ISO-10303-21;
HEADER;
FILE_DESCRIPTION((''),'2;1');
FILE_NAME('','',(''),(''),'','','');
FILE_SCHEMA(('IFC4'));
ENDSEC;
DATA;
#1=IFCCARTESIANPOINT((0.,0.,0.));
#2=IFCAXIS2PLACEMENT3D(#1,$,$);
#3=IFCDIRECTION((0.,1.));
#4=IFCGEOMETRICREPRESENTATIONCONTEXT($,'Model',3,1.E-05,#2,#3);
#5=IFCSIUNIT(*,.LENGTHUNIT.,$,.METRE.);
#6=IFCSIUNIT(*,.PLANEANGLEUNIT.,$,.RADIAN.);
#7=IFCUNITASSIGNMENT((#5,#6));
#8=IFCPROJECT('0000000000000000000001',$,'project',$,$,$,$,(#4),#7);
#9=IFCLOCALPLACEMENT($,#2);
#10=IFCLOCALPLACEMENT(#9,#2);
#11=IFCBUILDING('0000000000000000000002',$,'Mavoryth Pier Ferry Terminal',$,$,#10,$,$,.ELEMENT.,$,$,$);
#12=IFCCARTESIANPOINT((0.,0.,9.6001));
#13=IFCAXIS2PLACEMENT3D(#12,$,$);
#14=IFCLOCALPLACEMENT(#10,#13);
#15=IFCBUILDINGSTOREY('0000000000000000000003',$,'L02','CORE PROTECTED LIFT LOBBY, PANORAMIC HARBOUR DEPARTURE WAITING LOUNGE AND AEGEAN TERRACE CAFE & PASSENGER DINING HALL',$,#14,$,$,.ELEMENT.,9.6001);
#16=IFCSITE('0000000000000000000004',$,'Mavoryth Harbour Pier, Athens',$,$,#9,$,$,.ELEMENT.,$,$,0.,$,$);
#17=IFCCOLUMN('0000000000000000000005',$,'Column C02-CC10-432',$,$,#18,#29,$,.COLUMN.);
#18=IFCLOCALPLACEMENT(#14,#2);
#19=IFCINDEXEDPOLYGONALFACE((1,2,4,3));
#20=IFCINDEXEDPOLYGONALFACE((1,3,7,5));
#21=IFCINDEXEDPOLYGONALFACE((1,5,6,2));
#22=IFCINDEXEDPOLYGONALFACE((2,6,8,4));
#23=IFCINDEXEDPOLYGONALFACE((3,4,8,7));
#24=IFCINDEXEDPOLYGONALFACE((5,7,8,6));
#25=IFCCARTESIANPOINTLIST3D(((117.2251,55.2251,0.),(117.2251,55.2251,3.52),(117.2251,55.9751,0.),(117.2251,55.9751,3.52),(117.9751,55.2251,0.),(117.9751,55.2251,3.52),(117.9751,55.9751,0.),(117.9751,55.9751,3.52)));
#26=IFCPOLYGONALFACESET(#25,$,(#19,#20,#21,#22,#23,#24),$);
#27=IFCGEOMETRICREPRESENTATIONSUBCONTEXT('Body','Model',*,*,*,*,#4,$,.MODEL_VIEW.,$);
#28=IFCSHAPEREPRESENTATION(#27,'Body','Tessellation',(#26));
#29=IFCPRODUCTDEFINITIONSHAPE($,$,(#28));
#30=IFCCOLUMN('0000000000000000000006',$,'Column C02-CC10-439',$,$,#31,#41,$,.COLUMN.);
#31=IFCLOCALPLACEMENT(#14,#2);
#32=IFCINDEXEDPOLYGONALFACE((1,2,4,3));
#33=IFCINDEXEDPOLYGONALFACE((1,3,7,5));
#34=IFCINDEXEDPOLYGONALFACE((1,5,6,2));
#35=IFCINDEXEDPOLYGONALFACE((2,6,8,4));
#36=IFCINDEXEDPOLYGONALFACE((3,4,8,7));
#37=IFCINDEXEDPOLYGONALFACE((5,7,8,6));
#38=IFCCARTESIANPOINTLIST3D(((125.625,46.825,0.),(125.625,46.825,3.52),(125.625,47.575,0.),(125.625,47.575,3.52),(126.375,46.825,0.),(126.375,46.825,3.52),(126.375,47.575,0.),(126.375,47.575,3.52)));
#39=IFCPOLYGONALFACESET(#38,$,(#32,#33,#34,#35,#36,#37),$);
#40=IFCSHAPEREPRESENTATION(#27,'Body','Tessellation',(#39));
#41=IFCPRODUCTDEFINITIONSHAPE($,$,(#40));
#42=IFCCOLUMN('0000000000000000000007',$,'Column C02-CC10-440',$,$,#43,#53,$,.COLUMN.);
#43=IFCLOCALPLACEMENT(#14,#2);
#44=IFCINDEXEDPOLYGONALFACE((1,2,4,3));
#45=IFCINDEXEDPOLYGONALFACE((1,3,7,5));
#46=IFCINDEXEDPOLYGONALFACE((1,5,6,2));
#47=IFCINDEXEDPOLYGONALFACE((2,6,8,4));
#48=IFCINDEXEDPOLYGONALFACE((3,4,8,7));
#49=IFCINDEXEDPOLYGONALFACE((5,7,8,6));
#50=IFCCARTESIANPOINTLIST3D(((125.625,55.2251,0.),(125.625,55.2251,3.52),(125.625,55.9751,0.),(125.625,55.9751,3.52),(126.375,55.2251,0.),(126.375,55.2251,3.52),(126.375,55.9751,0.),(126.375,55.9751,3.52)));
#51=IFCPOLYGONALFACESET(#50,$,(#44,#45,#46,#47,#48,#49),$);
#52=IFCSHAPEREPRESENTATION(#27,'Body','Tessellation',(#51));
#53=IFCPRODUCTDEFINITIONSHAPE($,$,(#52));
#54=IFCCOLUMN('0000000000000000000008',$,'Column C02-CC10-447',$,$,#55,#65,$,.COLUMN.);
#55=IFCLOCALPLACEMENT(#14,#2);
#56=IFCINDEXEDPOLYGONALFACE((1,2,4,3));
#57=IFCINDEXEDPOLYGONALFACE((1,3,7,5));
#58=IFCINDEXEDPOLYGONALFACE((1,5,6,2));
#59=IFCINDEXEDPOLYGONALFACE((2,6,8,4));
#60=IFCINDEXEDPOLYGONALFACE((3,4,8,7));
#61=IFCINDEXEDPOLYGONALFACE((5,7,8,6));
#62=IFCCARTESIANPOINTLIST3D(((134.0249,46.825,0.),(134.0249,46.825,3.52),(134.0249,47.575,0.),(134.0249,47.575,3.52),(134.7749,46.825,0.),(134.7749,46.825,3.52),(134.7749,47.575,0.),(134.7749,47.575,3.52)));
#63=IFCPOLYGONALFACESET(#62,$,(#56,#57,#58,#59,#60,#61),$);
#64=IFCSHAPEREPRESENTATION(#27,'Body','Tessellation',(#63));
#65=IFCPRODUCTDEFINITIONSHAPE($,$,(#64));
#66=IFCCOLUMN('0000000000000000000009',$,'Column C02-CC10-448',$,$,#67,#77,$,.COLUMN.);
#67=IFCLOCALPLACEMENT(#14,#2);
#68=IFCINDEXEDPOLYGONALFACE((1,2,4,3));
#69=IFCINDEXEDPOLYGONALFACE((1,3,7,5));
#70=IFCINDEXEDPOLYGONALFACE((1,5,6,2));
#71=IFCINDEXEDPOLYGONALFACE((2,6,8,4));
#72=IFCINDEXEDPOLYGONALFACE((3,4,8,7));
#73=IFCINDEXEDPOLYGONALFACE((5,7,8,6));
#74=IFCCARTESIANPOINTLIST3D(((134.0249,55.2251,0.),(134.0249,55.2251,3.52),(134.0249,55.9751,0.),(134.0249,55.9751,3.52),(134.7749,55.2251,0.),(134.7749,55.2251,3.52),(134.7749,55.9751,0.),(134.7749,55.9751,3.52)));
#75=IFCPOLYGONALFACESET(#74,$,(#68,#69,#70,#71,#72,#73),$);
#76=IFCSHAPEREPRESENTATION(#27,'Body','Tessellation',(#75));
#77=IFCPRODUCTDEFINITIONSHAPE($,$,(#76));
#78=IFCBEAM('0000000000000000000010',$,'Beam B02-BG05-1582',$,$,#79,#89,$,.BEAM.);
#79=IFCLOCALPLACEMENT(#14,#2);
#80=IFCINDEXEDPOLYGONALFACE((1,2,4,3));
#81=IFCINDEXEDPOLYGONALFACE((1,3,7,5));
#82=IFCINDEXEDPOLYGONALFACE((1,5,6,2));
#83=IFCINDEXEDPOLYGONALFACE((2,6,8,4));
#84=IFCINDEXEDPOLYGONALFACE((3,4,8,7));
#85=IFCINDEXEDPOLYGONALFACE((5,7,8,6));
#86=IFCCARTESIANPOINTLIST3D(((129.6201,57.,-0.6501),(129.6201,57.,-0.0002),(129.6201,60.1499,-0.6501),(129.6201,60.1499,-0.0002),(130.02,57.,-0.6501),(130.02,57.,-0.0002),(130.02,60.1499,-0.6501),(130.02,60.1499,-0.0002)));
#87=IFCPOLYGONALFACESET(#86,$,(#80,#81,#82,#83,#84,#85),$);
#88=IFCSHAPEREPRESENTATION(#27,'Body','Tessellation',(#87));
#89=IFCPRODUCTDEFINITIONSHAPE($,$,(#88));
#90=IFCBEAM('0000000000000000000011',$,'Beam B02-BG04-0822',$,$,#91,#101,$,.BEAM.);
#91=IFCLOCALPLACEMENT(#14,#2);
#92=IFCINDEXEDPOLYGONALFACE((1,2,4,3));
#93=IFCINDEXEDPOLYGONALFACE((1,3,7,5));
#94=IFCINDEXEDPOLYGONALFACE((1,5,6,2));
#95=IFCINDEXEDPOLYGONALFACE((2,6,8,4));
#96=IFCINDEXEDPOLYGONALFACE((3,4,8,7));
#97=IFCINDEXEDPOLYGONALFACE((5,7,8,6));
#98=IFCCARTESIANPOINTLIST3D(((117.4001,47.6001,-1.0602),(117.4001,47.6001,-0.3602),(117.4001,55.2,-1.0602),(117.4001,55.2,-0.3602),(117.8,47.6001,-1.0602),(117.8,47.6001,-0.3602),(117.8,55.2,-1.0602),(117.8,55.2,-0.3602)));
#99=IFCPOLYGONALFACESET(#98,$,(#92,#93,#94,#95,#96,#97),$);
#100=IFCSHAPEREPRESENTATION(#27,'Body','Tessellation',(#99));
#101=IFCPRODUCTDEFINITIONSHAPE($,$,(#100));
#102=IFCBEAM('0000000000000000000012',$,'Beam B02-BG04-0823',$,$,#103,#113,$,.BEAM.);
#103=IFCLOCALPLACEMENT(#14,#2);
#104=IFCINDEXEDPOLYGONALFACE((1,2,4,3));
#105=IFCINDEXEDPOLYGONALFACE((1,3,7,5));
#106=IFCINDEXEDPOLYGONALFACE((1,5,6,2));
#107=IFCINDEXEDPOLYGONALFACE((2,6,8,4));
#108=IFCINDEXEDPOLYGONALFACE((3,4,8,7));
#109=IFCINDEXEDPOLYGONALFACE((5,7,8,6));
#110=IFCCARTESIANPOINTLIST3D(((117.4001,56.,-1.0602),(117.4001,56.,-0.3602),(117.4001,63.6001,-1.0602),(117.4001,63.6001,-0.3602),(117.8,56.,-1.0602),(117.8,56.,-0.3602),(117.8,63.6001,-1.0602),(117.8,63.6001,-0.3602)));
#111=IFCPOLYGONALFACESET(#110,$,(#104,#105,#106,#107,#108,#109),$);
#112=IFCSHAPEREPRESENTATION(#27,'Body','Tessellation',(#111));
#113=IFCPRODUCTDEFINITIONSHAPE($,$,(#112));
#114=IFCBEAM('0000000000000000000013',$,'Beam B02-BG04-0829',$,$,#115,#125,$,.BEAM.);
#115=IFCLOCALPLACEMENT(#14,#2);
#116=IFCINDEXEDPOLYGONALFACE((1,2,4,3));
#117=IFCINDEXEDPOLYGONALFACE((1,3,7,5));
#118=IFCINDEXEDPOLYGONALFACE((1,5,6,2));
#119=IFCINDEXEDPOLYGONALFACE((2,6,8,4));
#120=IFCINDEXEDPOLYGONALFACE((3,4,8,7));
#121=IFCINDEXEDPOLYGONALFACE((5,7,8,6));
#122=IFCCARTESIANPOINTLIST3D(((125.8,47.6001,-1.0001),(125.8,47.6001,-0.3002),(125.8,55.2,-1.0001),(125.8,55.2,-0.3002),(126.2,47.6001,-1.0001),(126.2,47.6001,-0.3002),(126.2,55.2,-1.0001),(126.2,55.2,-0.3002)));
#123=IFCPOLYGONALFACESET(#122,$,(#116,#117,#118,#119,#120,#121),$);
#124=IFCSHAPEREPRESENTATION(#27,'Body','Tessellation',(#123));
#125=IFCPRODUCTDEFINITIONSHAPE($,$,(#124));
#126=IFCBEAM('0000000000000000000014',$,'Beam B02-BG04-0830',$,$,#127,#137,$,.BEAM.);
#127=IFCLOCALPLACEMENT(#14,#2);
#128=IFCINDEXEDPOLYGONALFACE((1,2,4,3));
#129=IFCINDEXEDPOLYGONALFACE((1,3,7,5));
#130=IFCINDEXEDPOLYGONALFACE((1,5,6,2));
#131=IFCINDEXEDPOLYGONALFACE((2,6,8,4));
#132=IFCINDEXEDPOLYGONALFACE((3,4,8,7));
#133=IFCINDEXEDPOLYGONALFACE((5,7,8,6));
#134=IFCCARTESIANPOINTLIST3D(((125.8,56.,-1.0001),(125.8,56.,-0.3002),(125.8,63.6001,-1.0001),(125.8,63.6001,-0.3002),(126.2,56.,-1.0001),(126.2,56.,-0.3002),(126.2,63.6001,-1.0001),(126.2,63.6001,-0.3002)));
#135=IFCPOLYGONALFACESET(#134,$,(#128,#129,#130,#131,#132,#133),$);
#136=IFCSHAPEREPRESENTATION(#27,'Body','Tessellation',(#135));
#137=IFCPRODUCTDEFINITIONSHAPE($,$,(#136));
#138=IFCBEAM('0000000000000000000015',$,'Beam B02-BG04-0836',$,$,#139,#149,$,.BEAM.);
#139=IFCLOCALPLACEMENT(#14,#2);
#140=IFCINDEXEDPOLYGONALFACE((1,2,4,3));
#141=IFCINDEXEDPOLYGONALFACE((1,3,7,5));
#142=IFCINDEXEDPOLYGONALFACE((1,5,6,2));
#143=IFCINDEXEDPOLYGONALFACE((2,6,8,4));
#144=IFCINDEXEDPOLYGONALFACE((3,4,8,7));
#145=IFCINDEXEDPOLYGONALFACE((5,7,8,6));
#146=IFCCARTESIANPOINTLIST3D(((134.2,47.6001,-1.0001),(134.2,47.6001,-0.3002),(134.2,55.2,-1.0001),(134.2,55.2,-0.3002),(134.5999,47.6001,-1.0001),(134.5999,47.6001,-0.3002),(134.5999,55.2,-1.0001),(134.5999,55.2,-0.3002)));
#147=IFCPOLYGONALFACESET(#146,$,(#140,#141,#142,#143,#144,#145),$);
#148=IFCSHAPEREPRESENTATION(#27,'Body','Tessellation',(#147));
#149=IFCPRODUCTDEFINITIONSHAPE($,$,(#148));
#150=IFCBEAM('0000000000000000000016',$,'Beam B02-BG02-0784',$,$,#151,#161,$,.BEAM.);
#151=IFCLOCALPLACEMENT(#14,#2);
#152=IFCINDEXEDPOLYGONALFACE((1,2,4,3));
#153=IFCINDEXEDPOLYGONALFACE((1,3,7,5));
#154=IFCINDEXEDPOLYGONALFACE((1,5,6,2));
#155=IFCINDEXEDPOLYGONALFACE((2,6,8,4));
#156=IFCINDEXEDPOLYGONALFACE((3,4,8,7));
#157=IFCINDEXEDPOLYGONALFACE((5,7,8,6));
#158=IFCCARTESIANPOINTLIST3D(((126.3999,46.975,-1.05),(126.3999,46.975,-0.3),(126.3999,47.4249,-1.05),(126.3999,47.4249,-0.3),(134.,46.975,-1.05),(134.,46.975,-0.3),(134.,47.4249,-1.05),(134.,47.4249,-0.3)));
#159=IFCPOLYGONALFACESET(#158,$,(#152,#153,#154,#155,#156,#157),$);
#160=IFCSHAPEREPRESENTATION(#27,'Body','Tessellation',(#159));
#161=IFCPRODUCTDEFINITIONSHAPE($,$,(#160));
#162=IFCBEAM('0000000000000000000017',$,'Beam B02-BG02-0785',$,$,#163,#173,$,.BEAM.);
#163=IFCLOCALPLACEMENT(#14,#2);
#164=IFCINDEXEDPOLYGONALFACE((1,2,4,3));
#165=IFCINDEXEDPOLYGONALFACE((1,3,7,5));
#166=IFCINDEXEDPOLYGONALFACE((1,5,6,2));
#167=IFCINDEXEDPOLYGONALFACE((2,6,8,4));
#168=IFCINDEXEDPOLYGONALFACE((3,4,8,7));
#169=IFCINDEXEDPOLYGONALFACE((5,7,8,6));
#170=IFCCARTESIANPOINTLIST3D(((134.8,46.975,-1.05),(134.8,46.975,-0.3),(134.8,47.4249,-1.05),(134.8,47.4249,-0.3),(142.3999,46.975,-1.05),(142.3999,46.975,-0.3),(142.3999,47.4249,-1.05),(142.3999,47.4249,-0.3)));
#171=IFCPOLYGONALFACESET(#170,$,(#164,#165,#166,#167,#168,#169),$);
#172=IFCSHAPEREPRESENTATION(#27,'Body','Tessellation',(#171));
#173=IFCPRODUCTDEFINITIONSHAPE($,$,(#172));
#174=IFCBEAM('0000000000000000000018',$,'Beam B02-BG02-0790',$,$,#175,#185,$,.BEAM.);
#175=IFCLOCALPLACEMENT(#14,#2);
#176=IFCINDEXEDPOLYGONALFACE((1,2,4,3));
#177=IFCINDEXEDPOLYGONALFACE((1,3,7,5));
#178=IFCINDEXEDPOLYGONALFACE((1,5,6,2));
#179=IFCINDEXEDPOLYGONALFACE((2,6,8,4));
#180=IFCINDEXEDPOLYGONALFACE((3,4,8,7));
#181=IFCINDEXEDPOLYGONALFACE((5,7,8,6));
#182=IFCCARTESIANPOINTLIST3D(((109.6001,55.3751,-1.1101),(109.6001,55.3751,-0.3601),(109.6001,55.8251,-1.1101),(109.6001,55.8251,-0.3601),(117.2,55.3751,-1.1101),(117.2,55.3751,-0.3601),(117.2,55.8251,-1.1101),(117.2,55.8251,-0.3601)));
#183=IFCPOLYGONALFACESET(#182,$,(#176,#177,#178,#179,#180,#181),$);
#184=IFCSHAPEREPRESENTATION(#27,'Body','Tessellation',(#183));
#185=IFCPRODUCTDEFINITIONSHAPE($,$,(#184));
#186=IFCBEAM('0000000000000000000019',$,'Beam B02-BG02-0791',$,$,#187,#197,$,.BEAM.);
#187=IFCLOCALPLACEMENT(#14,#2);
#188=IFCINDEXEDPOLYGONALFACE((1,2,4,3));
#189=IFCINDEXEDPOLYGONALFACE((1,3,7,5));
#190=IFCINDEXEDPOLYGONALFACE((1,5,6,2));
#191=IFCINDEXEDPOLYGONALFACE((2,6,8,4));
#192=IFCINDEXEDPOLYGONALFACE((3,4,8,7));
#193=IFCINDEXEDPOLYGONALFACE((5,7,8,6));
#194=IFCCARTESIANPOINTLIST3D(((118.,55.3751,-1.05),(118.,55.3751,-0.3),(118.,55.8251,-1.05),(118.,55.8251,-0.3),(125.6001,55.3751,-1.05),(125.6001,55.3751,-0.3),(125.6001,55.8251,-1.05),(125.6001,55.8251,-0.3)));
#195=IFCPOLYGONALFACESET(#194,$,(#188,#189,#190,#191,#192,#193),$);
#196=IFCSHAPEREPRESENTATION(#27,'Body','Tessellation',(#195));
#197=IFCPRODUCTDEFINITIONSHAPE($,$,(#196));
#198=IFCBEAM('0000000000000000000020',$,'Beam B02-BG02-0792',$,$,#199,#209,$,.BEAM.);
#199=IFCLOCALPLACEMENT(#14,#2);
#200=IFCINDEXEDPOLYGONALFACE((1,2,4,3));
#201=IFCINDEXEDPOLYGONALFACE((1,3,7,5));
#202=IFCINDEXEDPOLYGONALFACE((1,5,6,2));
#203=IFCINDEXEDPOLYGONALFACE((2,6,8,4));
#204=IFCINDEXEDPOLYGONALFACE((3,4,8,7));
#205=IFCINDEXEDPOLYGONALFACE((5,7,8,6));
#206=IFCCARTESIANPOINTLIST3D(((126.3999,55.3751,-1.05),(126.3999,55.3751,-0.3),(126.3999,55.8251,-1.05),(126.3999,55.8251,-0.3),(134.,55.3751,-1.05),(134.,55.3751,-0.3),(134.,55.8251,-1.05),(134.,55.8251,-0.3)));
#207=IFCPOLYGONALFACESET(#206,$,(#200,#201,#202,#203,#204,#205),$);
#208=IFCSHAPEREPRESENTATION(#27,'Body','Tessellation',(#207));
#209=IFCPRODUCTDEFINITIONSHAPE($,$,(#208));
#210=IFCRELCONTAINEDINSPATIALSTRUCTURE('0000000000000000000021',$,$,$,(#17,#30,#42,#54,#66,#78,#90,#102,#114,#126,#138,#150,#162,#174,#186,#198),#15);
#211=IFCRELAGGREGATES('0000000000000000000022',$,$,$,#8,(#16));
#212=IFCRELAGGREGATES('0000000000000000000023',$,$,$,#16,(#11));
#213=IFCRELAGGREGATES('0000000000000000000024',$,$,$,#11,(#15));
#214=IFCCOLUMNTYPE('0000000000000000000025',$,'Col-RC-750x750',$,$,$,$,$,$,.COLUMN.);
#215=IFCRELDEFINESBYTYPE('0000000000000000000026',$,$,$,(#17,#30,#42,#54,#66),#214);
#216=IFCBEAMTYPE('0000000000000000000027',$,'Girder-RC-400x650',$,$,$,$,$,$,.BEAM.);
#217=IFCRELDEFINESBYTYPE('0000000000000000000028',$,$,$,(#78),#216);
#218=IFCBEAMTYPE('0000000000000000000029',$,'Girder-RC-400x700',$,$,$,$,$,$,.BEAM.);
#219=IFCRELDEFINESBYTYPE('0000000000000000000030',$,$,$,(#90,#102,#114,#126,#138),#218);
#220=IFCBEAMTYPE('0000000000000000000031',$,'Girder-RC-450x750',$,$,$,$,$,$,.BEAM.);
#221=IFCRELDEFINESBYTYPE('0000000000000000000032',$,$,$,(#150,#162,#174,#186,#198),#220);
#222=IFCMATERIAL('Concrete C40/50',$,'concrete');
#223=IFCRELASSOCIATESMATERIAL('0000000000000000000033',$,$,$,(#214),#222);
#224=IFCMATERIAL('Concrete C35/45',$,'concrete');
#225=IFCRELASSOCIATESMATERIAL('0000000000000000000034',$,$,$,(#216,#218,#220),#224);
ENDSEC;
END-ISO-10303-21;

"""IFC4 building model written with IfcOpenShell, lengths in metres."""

from ifc_helpers import new_model, si_unit, direction, frame, origin, origin_2d, place, context, subcontext, project, spatial, rectangle, extrude, material, material_profile, profile_set, type_object, element, save


model = new_model("IFC4")

# Units and contexts
model_context = context("Model", 3, precision=1e-05, world=origin(), true_north=direction((0.0, 1.0)))
body_context = subcontext(model_context, "Body", "Model", "MODEL_VIEW")
ifc_project = project(units=[si_unit("LENGTHUNIT", "METRE"), si_unit("PLANEANGLEUNIT", "RADIAN")], contexts=[model_context])

# Site, building, storey
site_placement = place(None, origin())
site = spatial("IfcSite", under=ifc_project, at=site_placement, Name="Mavoryth Harbour Pier, Athens", CompositionType="ELEMENT", RefElevation=0.0)
building_placement = place(site_placement, origin())
building = spatial("IfcBuilding", under=site, at=building_placement, Name="Mavoryth Pier Ferry Terminal", CompositionType="ELEMENT")
storey_placement = place(building_placement, frame((0.0, 0.0, 9.6001)))
storey = spatial("IfcBuildingStorey", under=building, at=storey_placement, Name="L02", Description="CORE PROTECTED LIFT LOBBY, PANORAMIC HARBOUR DEPARTURE WAITING LOUNGE AND AEGEAN TERRACE CAFE & PASSENGER DINING HALL", CompositionType="ELEMENT", Elevation=9.6001)

# Columns
ifc_material_1 = material(Name="Concrete C40/50", Category="concrete")
ifc_material_profile_1 = material_profile(ifc_material_1, rectangle(XDim=0.75, YDim=0.75, at=origin_2d()), Name="RC 750x750", Category="concrete")
ifc_profile_set_1 = profile_set([ifc_material_profile_1], Name="Concrete C40/50 - RC 750x750")
column_type = type_object("IfcColumnType", Name="Col-RC-750x750", PredefinedType="COLUMN", material=ifc_profile_set_1)
for number, where, z_axis, x_axis, name in (
    (1, (117.6001, 55.6001, 0.0), (0.0, 0.0, 1.0), (1.0, 0.0, 0.0), "Column C02-CC10-432"),
    (2, (126.0, 47.2, 0.0), (0.0, 0.0, 1.0), (1.0, 0.0, 0.0), "Column C02-CC10-439"),
    (3, (126.0, 55.6001, 0.0), (0.0, 0.0, 1.0), (1.0, 0.0, 0.0), "Column C02-CC10-440"),
    (4, (134.3999, 47.2, 0.0), (0.0, 0.0, 1.0), (1.0, 0.0, 0.0), "Column C02-CC10-447"),
    (5, (134.3999, 55.6001, 0.0), (0.0, 0.0, 1.0), (1.0, 0.0, 0.0), "Column C02-CC10-448"),
):
    element("IfcColumn", number, at=place(storey_placement, frame(where, z_axis=z_axis, x_axis=x_axis)), inside=storey, type_object=column_type, Name=name, PredefinedType="COLUMN", context=body_context, shape_type="SweptSolid", body=[
        extrude(rectangle(XDim=0.75, YDim=0.75, at=origin_2d()), origin(), (0.0, 0.0, 1.0), 3.52),
    ])

# Beams
ifc_material_2 = material(Name="Concrete C35/45", Category="concrete")
ifc_material_profile_2 = material_profile(ifc_material_2, rectangle(XDim=0.3999, YDim=0.6499, at=origin_2d()), Name="RC 400x650", Category="concrete")
ifc_profile_set_2 = profile_set([ifc_material_profile_2], Name="Concrete C35/45 - RC 400x650")
beam_type_1 = type_object("IfcBeamType", Name="Girder-RC-400x650", PredefinedType="BEAM", material=ifc_profile_set_2)
beam_1_placement = place(storey_placement, frame((129.8201, 57.0, -0.3252), z_axis=(0.0, 1.0, 0.0), x_axis=(-1.0, 0.0, 0.0)))
element("IfcBeam", 6, at=beam_1_placement, inside=storey, type_object=beam_type_1, Name="Beam B02-BG05-1582", PredefinedType="BEAM", context=body_context, shape_type="SweptSolid", body=[
    extrude(rectangle(XDim=0.3999, YDim=0.6499, at=origin_2d()), origin(), (0.0, 0.0, 1.0), 3.1499),
])
ifc_material_profile_3 = material_profile(ifc_material_2, rectangle(XDim=0.3999, YDim=0.7, at=origin_2d()), Name="RC 400x700", Category="concrete")
ifc_profile_set_3 = profile_set([ifc_material_profile_3], Name="Concrete C35/45 - RC 400x700")
beam_type_2 = type_object("IfcBeamType", Name="Girder-RC-400x700", PredefinedType="BEAM", material=ifc_profile_set_3)
beam_2_placement = place(storey_placement, frame((117.6001, 47.6001, -0.7102), z_axis=(0.0, 1.0, 0.0), x_axis=(-1.0, 0.0, 0.0)))
element("IfcBeam", 7, at=beam_2_placement, inside=storey, type_object=beam_type_2, Name="Beam B02-BG04-0822", PredefinedType="BEAM", context=body_context, shape_type="SweptSolid", body=[
    extrude(rectangle(XDim=0.3999, YDim=0.7, at=origin_2d()), origin(), (0.0, 0.0, 1.0), 7.5999),
])
beam_3_placement = place(storey_placement, frame((117.6001, 56.0, -0.7102), z_axis=(0.0, 1.0, 0.0), x_axis=(-1.0, 0.0, 0.0)))
element("IfcBeam", 8, at=beam_3_placement, inside=storey, type_object=beam_type_2, Name="Beam B02-BG04-0823", PredefinedType="BEAM", context=body_context, shape_type="SweptSolid", body=[
    extrude(rectangle(XDim=0.3999, YDim=0.7, at=origin_2d()), origin(), (0.0, 0.0, 1.0), 7.6001),
])
beam_4_placement = place(storey_placement, frame((126.0, 47.6001, -0.6501), z_axis=(0.0, 1.0, 0.0), x_axis=(-1.0, 0.0, 0.0)))
element("IfcBeam", 9, at=beam_4_placement, inside=storey, type_object=beam_type_2, Name="Beam B02-BG04-0829", PredefinedType="BEAM", context=body_context, shape_type="SweptSolid", body=[
    extrude(rectangle(XDim=0.3999, YDim=0.7, at=origin_2d()), origin(), (0.0, 0.0, 1.0), 7.5999),
])
beam_5_placement = place(storey_placement, frame((126.0, 56.0, -0.6501), z_axis=(0.0, 1.0, 0.0), x_axis=(-1.0, 0.0, 0.0)))
element("IfcBeam", 10, at=beam_5_placement, inside=storey, type_object=beam_type_2, Name="Beam B02-BG04-0830", PredefinedType="BEAM", context=body_context, shape_type="SweptSolid", body=[
    extrude(rectangle(XDim=0.3999, YDim=0.7, at=origin_2d()), origin(), (0.0, 0.0, 1.0), 7.6001),
])
beam_6_placement = place(storey_placement, frame((134.3999, 47.6001, -0.6501), z_axis=(0.0, 1.0, 0.0), x_axis=(-1.0, 0.0, 0.0)))
element("IfcBeam", 11, at=beam_6_placement, inside=storey, type_object=beam_type_2, Name="Beam B02-BG04-0836", PredefinedType="BEAM", context=body_context, shape_type="SweptSolid", body=[
    extrude(rectangle(XDim=0.3999, YDim=0.7, at=origin_2d()), origin(), (0.0, 0.0, 1.0), 7.5999),
])
ifc_material_profile_4 = material_profile(ifc_material_2, rectangle(XDim=0.45, YDim=0.75, at=origin_2d()), Name="RC 450x750", Category="concrete")
ifc_profile_set_4 = profile_set([ifc_material_profile_4], Name="Concrete C35/45 - RC 450x750")
beam_type_3 = type_object("IfcBeamType", Name="Girder-RC-450x750", PredefinedType="BEAM", material=ifc_profile_set_4)
beam_7_placement = place(storey_placement, frame((126.3999, 47.2, -0.675), z_axis=(1.0, 0.0, 0.0), x_axis=(0.0, 1.0, 0.0)))
element("IfcBeam", 12, at=beam_7_placement, inside=storey, type_object=beam_type_3, Name="Beam B02-BG02-0784", PredefinedType="BEAM", context=body_context, shape_type="SweptSolid", body=[
    extrude(rectangle(XDim=0.45, YDim=0.75, at=origin_2d()), origin(), (0.0, 0.0, 1.0), 7.6001),
])
for number, where, z_axis, x_axis, name in (
    (13, (134.8, 47.2, -0.675), (1.0, 0.0, 0.0), (0.0, 1.0, 0.0), "Beam B02-BG02-0785"),
    (14, (109.6001, 55.6001, -0.7351), (1.0, 0.0, 0.0), (0.0, 1.0, 0.0), "Beam B02-BG02-0790"),
):
    element("IfcBeam", number, at=place(storey_placement, frame(where, z_axis=z_axis, x_axis=x_axis)), inside=storey, type_object=beam_type_3, Name=name, PredefinedType="BEAM", context=body_context, shape_type="SweptSolid", body=[
        extrude(rectangle(XDim=0.45, YDim=0.75, at=origin_2d()), origin(), (0.0, 0.0, 1.0), 7.5999),
    ])
for number, where, z_axis, x_axis, name in (
    (15, (118.0, 55.6001, -0.675), (1.0, 0.0, 0.0), (0.0, 1.0, 0.0), "Beam B02-BG02-0791"),
    (16, (126.3999, 55.6001, -0.675), (1.0, 0.0, 0.0), (0.0, 1.0, 0.0), "Beam B02-BG02-0792"),
):
    element("IfcBeam", number, at=place(storey_placement, frame(where, z_axis=z_axis, x_axis=x_axis)), inside=storey, type_object=beam_type_3, Name=name, PredefinedType="BEAM", context=body_context, shape_type="SweptSolid", body=[
        extrude(rectangle(XDim=0.45, YDim=0.75, at=origin_2d()), origin(), (0.0, 0.0, 1.0), 7.6001),
    ])

save(model, "model.ifc")
